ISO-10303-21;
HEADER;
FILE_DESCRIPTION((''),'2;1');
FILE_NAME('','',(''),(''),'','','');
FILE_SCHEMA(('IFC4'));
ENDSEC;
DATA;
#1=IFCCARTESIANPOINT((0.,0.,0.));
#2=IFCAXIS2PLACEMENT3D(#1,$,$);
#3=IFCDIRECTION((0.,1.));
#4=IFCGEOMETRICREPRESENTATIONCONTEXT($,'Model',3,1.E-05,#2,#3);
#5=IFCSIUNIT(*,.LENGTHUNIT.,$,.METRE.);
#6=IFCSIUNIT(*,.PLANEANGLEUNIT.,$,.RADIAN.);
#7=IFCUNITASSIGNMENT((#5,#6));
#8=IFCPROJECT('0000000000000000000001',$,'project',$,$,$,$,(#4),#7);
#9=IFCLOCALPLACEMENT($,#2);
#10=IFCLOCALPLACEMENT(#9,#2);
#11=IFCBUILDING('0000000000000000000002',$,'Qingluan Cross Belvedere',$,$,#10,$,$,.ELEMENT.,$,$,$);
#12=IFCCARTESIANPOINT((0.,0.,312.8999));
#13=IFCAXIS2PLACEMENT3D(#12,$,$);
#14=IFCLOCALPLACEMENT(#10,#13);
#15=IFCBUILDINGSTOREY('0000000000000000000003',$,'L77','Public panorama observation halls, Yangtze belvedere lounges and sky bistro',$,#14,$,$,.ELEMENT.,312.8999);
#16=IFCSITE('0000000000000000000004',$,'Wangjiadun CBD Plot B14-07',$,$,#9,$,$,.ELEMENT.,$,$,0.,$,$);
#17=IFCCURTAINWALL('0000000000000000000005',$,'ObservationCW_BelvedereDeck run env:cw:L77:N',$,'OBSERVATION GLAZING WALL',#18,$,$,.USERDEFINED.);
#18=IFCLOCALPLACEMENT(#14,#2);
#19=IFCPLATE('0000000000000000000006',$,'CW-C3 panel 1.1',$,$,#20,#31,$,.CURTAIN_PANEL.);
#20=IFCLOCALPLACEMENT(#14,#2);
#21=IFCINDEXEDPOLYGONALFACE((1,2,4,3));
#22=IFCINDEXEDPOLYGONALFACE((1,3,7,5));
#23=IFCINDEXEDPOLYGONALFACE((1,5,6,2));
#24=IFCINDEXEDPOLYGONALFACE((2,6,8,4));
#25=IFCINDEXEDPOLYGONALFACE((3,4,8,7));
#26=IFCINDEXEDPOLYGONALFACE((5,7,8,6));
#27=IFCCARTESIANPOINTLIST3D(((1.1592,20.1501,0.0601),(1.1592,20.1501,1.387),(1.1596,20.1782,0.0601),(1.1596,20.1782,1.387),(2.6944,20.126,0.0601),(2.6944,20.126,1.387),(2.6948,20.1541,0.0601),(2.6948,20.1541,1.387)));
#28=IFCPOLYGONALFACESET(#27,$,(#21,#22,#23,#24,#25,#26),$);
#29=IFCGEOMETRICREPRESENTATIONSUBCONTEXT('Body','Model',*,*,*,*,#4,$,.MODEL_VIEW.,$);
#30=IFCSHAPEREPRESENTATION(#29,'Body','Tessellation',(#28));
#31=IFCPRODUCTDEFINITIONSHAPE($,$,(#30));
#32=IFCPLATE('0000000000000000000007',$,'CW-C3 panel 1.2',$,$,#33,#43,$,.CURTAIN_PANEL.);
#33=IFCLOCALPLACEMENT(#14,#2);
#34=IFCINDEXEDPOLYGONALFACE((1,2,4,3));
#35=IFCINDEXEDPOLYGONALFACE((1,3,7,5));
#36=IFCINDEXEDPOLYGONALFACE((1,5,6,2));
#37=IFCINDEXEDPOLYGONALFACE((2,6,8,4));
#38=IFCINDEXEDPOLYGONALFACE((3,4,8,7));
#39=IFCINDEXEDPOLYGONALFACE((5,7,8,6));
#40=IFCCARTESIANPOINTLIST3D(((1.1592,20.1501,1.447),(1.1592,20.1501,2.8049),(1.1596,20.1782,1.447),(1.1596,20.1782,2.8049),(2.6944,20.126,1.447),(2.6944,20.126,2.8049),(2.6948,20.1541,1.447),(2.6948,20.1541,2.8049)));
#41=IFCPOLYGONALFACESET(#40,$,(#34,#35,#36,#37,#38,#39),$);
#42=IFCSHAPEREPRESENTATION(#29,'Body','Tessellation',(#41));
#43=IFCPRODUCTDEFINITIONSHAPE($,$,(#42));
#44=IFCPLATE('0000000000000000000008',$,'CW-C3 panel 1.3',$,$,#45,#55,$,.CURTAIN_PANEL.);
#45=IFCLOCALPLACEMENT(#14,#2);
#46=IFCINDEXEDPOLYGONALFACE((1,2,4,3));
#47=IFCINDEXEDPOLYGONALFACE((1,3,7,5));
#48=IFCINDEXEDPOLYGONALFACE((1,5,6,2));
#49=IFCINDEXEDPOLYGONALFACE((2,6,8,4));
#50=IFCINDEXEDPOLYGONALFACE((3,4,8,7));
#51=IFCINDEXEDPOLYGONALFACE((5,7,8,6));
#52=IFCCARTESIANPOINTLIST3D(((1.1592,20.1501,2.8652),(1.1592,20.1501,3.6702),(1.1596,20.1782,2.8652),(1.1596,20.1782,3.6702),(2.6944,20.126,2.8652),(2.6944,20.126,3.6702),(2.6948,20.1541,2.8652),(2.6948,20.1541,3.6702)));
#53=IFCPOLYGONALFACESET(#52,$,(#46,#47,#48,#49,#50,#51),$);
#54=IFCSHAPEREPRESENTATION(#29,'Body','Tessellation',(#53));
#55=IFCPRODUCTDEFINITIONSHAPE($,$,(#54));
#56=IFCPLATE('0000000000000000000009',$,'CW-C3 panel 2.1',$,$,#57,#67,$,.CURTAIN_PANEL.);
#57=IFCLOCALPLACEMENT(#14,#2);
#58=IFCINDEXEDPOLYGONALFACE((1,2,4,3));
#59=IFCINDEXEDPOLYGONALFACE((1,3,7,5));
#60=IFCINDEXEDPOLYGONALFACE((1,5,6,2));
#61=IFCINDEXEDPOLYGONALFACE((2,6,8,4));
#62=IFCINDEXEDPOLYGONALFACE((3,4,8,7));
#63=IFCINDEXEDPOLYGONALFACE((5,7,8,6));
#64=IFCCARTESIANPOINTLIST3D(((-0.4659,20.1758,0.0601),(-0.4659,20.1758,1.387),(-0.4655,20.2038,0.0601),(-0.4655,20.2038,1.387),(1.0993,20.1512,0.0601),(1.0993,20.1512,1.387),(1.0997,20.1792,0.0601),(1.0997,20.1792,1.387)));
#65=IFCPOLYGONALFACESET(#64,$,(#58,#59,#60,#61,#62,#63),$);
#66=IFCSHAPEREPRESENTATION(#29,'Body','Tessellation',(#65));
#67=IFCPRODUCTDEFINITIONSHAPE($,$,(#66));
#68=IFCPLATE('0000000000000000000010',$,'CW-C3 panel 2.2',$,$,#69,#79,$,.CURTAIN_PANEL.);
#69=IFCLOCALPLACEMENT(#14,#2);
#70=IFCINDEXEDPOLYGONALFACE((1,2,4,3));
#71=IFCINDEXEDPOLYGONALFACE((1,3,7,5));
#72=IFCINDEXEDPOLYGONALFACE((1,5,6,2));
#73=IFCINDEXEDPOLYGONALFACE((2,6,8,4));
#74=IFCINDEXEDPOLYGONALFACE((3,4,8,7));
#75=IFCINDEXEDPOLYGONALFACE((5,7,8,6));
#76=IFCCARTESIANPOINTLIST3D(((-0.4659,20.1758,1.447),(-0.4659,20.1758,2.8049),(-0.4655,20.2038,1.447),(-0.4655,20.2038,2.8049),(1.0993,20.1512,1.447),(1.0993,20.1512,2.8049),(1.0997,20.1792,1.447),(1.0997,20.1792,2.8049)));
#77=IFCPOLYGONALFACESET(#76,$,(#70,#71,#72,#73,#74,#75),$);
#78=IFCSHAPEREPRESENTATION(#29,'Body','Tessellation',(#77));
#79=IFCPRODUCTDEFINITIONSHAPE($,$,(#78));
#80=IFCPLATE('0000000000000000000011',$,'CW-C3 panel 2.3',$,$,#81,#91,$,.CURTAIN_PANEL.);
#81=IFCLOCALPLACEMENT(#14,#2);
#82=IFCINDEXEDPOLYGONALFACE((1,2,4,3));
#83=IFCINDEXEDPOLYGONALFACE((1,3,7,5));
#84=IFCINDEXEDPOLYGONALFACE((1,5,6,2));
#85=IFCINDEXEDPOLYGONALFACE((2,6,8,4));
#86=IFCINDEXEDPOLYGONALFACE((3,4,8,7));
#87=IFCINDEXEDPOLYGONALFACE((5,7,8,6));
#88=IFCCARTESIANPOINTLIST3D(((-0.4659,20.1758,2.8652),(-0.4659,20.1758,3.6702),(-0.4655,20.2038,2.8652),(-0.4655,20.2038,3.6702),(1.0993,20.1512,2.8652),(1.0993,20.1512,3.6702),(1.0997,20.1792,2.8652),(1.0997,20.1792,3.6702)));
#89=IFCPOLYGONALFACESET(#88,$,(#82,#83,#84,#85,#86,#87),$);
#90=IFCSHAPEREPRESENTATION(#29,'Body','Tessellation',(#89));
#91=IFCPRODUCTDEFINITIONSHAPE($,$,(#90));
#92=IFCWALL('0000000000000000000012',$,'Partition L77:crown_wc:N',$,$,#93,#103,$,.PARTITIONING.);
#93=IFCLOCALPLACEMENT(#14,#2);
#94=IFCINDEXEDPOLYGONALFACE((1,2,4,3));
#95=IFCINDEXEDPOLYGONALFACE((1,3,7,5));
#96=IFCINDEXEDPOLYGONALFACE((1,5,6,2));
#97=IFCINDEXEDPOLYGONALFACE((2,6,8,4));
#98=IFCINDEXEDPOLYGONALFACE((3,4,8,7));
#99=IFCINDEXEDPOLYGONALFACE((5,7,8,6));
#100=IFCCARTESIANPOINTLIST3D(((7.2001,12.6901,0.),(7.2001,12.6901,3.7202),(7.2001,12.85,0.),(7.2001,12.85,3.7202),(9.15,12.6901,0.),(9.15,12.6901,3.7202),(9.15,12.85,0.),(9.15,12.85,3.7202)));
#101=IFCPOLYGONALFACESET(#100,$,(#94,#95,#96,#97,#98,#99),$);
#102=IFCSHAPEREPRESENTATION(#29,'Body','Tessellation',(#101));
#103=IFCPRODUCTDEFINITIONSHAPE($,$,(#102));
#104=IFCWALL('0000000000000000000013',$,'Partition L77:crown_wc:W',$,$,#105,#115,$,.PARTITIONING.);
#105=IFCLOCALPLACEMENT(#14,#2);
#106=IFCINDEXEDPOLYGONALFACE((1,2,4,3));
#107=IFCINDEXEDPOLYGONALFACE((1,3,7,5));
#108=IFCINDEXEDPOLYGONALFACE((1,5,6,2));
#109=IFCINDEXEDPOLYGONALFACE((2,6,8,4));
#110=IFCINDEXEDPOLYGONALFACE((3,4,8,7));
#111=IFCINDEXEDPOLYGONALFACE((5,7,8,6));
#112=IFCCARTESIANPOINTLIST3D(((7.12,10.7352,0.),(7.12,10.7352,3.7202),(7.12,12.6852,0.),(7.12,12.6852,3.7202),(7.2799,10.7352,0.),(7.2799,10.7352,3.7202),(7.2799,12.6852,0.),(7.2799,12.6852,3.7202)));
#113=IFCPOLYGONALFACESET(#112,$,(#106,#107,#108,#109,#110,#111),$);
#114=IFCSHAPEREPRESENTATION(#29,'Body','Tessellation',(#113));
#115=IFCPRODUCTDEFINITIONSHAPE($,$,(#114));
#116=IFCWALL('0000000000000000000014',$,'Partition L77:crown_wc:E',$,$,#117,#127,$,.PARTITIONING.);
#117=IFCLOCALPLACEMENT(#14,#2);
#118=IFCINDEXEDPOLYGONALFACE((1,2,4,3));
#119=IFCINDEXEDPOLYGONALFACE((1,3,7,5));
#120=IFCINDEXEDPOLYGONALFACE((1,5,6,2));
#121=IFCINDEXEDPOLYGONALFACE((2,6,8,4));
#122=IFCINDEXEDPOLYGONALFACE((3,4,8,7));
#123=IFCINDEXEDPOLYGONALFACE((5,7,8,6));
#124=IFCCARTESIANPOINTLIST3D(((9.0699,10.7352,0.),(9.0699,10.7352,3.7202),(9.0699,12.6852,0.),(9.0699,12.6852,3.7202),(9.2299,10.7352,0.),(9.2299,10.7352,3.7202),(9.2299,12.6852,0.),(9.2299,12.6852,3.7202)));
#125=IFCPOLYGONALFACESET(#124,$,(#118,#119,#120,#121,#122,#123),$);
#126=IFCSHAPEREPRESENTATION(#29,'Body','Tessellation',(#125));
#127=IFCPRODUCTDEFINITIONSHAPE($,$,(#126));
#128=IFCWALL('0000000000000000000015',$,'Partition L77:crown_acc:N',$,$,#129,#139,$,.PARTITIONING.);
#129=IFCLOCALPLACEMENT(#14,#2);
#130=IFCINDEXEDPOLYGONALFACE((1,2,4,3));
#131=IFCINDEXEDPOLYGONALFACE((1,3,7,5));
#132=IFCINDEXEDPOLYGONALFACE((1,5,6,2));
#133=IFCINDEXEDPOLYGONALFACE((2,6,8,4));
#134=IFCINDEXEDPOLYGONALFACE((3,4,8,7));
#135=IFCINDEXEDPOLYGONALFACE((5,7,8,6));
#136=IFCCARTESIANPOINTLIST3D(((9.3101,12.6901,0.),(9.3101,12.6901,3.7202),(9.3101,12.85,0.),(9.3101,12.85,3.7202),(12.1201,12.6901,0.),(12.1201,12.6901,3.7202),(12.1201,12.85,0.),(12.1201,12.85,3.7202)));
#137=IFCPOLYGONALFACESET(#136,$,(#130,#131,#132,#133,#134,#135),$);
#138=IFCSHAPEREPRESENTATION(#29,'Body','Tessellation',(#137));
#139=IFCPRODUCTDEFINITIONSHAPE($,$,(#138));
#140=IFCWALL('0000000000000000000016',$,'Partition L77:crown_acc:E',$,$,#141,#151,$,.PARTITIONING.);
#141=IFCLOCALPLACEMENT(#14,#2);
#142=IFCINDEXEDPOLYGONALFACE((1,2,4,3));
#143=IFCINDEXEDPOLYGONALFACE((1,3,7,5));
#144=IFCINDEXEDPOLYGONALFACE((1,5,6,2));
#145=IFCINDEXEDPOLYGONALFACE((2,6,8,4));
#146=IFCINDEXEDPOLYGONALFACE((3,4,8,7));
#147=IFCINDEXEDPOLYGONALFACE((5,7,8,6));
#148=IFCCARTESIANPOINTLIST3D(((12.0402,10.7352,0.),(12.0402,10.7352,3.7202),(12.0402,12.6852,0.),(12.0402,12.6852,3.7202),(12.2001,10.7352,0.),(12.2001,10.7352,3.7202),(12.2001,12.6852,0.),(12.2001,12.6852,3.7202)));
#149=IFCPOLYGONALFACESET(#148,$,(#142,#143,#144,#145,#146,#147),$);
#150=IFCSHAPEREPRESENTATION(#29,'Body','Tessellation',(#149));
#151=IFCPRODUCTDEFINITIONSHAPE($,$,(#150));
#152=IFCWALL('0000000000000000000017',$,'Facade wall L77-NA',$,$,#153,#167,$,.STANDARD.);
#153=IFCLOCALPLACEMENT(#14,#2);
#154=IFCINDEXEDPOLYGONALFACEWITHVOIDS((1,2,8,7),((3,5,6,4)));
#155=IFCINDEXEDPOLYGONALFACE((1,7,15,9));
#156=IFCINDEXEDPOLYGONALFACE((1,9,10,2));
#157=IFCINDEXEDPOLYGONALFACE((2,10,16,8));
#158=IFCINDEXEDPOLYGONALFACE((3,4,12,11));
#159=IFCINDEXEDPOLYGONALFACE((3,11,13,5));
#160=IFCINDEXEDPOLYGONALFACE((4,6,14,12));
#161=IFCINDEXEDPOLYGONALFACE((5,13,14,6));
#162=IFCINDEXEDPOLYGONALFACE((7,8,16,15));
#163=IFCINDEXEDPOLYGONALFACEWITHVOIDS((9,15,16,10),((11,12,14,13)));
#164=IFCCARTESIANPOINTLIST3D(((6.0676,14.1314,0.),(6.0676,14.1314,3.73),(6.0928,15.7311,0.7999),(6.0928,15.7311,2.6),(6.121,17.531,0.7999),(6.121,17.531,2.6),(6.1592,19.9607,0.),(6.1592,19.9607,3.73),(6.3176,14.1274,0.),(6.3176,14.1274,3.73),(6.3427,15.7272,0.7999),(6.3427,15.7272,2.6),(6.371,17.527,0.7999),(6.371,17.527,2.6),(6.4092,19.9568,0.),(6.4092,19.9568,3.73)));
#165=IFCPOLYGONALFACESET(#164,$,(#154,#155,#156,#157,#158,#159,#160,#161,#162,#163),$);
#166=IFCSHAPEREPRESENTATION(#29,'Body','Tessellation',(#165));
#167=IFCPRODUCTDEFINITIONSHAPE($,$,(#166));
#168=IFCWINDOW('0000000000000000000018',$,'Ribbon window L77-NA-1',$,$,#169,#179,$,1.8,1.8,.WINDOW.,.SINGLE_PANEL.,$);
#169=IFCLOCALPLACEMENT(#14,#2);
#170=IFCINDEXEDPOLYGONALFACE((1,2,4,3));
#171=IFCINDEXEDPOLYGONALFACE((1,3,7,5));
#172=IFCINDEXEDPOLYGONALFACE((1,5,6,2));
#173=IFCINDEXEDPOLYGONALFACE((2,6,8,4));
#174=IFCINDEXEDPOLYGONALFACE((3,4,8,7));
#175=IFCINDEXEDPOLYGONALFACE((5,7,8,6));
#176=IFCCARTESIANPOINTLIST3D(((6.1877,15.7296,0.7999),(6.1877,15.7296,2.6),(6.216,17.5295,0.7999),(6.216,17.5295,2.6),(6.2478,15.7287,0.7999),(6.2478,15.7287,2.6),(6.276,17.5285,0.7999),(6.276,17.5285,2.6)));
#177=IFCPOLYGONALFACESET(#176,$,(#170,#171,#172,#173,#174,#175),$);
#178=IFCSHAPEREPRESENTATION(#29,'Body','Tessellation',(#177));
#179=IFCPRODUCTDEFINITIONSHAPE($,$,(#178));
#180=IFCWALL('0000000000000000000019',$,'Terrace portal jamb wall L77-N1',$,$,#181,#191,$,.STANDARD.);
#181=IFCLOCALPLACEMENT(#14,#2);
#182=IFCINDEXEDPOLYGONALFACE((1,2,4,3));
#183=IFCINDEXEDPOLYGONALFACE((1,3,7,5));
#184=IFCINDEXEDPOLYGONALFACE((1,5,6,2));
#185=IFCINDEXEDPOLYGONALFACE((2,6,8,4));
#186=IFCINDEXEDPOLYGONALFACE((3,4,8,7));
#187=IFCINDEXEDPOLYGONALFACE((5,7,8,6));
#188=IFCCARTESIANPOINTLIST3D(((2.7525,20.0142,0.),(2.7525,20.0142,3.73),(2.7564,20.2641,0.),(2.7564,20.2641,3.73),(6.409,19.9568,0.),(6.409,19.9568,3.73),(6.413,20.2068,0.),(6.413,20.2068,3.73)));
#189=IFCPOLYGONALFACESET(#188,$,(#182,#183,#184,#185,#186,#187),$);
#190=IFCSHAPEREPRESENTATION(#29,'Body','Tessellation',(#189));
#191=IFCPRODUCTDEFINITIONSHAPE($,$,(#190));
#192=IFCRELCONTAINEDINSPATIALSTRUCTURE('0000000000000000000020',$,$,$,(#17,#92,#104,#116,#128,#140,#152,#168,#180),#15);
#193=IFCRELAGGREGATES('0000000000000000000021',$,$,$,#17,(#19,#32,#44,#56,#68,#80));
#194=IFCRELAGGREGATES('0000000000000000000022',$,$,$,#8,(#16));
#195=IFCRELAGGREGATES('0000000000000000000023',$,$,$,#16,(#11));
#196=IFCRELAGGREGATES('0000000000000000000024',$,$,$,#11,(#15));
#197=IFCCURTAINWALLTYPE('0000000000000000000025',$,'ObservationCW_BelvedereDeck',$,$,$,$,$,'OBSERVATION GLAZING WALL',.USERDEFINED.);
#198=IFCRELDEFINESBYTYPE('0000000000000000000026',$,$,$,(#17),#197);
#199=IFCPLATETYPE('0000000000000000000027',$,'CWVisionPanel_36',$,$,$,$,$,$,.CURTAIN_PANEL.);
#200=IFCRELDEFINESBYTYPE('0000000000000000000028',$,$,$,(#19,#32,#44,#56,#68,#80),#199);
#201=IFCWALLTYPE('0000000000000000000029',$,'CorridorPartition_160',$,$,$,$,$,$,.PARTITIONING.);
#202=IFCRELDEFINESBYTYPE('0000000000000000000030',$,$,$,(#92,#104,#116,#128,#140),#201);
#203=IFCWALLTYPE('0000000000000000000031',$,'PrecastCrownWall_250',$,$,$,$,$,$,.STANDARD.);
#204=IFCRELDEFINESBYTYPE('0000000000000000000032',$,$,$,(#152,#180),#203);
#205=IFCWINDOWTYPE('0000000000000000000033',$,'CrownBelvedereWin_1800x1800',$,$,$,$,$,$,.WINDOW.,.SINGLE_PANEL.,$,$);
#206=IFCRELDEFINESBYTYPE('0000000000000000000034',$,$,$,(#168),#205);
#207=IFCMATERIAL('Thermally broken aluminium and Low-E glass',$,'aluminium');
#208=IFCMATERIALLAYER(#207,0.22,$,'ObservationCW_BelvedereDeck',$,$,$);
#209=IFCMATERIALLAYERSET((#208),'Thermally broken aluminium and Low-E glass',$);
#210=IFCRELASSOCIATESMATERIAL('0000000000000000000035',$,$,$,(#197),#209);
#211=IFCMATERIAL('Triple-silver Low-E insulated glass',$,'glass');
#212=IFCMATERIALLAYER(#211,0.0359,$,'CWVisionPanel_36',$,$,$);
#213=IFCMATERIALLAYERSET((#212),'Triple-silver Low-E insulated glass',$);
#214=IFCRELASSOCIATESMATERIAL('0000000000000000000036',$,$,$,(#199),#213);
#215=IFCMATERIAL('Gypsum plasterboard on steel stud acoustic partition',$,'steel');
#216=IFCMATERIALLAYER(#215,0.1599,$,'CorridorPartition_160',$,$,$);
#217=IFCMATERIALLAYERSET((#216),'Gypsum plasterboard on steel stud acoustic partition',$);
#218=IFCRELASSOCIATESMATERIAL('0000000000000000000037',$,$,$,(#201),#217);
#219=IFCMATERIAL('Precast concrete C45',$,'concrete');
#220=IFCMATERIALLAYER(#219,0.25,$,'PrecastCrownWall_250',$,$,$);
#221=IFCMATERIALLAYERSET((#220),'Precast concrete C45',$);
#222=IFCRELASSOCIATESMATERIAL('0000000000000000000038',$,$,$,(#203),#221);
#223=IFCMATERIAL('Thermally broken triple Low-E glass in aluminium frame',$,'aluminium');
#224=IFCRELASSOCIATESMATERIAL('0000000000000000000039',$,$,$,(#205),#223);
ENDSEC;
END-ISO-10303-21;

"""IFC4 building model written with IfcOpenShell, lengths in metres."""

from ifc_helpers import new_model, si_unit, direction, frame, frame_2d, origin, origin_2d, place, context, subcontext, project, spatial, rectangle, extrude, material, layer, layer_set, type_object, element, fill, aggregate, save


model = new_model("IFC4")

# Units and contexts
model_context = context("Model", 3, precision=1e-05, world=origin(), true_north=direction((0.0, 1.0)))
body_context = subcontext(model_context, "Body", "Model", "MODEL_VIEW")
ifc_project = project(units=[si_unit("LENGTHUNIT", "METRE"), si_unit("PLANEANGLEUNIT", "RADIAN")], contexts=[model_context])

# Site, building, storey
site_placement = place(None, origin())
site = spatial("IfcSite", under=ifc_project, at=site_placement, Name="Wangjiadun CBD Plot B14-07", CompositionType="ELEMENT", RefElevation=0.0)
building_placement = place(site_placement, origin())
building = spatial("IfcBuilding", under=site, at=building_placement, Name="Qingluan Cross Belvedere", CompositionType="ELEMENT")
storey_placement = place(building_placement, frame((0.0, 0.0, 312.8999)))
storey = spatial("IfcBuildingStorey", under=building, at=storey_placement, Name="L77", Description="Public panorama observation halls, Yangtze belvedere lounges and sky bistro", CompositionType="ELEMENT", Elevation=312.8999)

# Curtain wall
ifc_material_1 = material(Name="Thermally broken aluminium and Low-E glass", Category="aluminium")
ifc_layer_1 = layer(ifc_material_1, 0.22, Name="ObservationCW_BelvedereDeck")
ifc_layer_set_1 = layer_set([ifc_layer_1], Name="Thermally broken aluminium and Low-E glass")
curtain_wall_type = type_object("IfcCurtainWallType", Name="ObservationCW_BelvedereDeck", ElementType="OBSERVATION GLAZING WALL", PredefinedType="USERDEFINED", material=ifc_layer_set_1)
curtain_wall_placement = place(storey_placement, origin())
curtain_wall = element("IfcCurtainWall", 1, at=curtain_wall_placement, inside=storey, type_object=curtain_wall_type, Name="ObservationCW_BelvedereDeck run env:cw:L77:N", ObjectType="OBSERVATION GLAZING WALL", PredefinedType="USERDEFINED")

# Plates
ifc_material_2 = material(Name="Triple-silver Low-E insulated glass", Category="glass")
ifc_layer_2 = layer(ifc_material_2, 0.0359, Name="CWVisionPanel_36")
ifc_layer_set_2 = layer_set([ifc_layer_2], Name="Triple-silver Low-E insulated glass")
plate_type = type_object("IfcPlateType", Name="CWVisionPanel_36", PredefinedType="CURTAIN_PANEL", material=ifc_layer_set_2)
plate_1_placement = place(storey_placement, frame((1.927, 20.1521, 0.0601), z_axis=(0.0, 0.0, 1.0), x_axis=(-0.999877, 0.01571, 0.0)))
plate_1 = element("IfcPlate", 2, at=plate_1_placement, type_object=plate_type, Name="CW-C3 panel 1.1", PredefinedType="CURTAIN_PANEL", context=body_context, shape_type="SweptSolid", body=[
    extrude(rectangle(XDim=1.5354, YDim=0.0281, at=origin_2d()), origin(), (0.0, 0.0, 1.0), 1.3269),
])
plate_2_placement = place(storey_placement, frame((1.927, 20.1521, 1.447), z_axis=(0.0, 0.0, 1.0), x_axis=(-0.999877, 0.01571, 0.0)))
plate_2 = element("IfcPlate", 3, at=plate_2_placement, type_object=plate_type, Name="CW-C3 panel 1.2", PredefinedType="CURTAIN_PANEL", context=body_context, shape_type="SweptSolid", body=[
    extrude(rectangle(XDim=1.5354, YDim=0.0281, at=origin_2d()), origin(), (0.0, 0.0, 1.0), 1.3579),
])
plate_3_placement = place(storey_placement, frame((1.927, 20.1521, 2.8652), z_axis=(0.0, 0.0, 1.0), x_axis=(-0.999877, 0.01571, 0.0)))
plate_3 = element("IfcPlate", 4, at=plate_3_placement, type_object=plate_type, Name="CW-C3 panel 1.3", PredefinedType="CURTAIN_PANEL", context=body_context, shape_type="SweptSolid", body=[
    extrude(rectangle(XDim=1.5354, YDim=0.0281, at=origin_2d()), origin(), (0.0, 0.0, 1.0), 0.8049),
])
plate_4_placement = place(storey_placement, frame((0.3169, 20.1775, 0.0601), z_axis=(0.0, 0.0, 1.0), x_axis=(-0.999877, 0.01571, 0.0)))
plate_4 = element("IfcPlate", 5, at=plate_4_placement, type_object=plate_type, Name="CW-C3 panel 2.1", PredefinedType="CURTAIN_PANEL", context=body_context, shape_type="SweptSolid", body=[
    extrude(rectangle(XDim=1.5654, YDim=0.0281, at=origin_2d()), origin(), (0.0, 0.0, 1.0), 1.3269),
])
plate_5_placement = place(storey_placement, frame((0.3169, 20.1775, 1.447), z_axis=(0.0, 0.0, 1.0), x_axis=(-0.999877, 0.01571, 0.0)))
plate_5 = element("IfcPlate", 6, at=plate_5_placement, type_object=plate_type, Name="CW-C3 panel 2.2", PredefinedType="CURTAIN_PANEL", context=body_context, shape_type="SweptSolid", body=[
    extrude(rectangle(XDim=1.5654, YDim=0.0281, at=origin_2d()), origin(), (0.0, 0.0, 1.0), 1.3579),
])
plate_6_placement = place(storey_placement, frame((0.3169, 20.1775, 2.8652), z_axis=(0.0, 0.0, 1.0), x_axis=(-0.999877, 0.01571, 0.0)))
plate_6 = element("IfcPlate", 7, at=plate_6_placement, type_object=plate_type, Name="CW-C3 panel 2.3", PredefinedType="CURTAIN_PANEL", context=body_context, shape_type="SweptSolid", body=[
    extrude(rectangle(XDim=1.5654, YDim=0.0281, at=origin_2d()), origin(), (0.0, 0.0, 1.0), 0.8049),
])
aggregate(curtain_wall, [plate_1, plate_2, plate_3, plate_4, plate_5, plate_6])

# Walls
ifc_material_3 = material(Name="Gypsum plasterboard on steel stud acoustic partition", Category="steel")
ifc_layer_3 = layer(ifc_material_3, 0.1599, Name="CorridorPartition_160")
ifc_layer_set_3 = layer_set([ifc_layer_3], Name="Gypsum plasterboard on steel stud acoustic partition")
wall_type_1 = type_object("IfcWallType", Name="CorridorPartition_160", PredefinedType="PARTITIONING", material=ifc_layer_set_3)
for number, where, z_axis, x_axis, name in (
    (8, (7.2, 12.77, 0.0), (0.0, 0.0, 1.0), (1.0, 0.0, 0.0), "Partition L77:crown_wc:N"),
    (9, (7.2, 10.7351, 0.0), (0.0, 0.0, 1.0), (0.0, 1.0, 0.0), "Partition L77:crown_wc:W"),
    (10, (9.1499, 10.7351, 0.0), (0.0, 0.0, 1.0), (0.0, 1.0, 0.0), "Partition L77:crown_wc:E"),
):
    element("IfcWall", number, at=place(storey_placement, frame(where, z_axis=z_axis, x_axis=x_axis)), inside=storey, type_object=wall_type_1, Name=name, PredefinedType="PARTITIONING", context=body_context, shape_type="SweptSolid", body=[
        extrude(rectangle(XDim=1.95, YDim=0.1599, at=frame_2d((0.9751, 0.0))), origin(), (0.0, 0.0, 1.0), 3.7202),
    ])
wall_1_placement = place(storey_placement, frame((9.3101, 12.77, 0.0), z_axis=(0.0, 0.0, 1.0), x_axis=(1.0, 0.0, 0.0)))
element("IfcWall", 11, at=wall_1_placement, inside=storey, type_object=wall_type_1, Name="Partition L77:crown_acc:N", PredefinedType="PARTITIONING", context=body_context, shape_type="SweptSolid", body=[
    extrude(rectangle(XDim=2.8101, YDim=0.1599, at=frame_2d((1.405, 0.0))), origin(), (0.0, 0.0, 1.0), 3.7202),
])
wall_2_placement = place(storey_placement, frame((12.1201, 10.7351, 0.0), z_axis=(0.0, 0.0, 1.0), x_axis=(0.0, 1.0, 0.0)))
element("IfcWall", 12, at=wall_2_placement, inside=storey, type_object=wall_type_1, Name="Partition L77:crown_acc:E", PredefinedType="PARTITIONING", context=body_context, shape_type="SweptSolid", body=[
    extrude(rectangle(XDim=1.95, YDim=0.1599, at=frame_2d((0.9751, 0.0))), origin(), (0.0, 0.0, 1.0), 3.7202),
])

# Wall, opening, window
ifc_material_4 = material(Name="Precast concrete C45", Category="concrete")
ifc_layer_4 = layer(ifc_material_4, 0.25, Name="PrecastCrownWall_250")
ifc_layer_set_4 = layer_set([ifc_layer_4], Name="Precast concrete C45")
wall_type_2 = type_object("IfcWallType", Name="PrecastCrownWall_250", PredefinedType="STANDARD", material=ifc_layer_set_4)
wall_3_placement = place(storey_placement, frame((6.1926, 14.1294, 0.0), z_axis=(0.0, 0.0, 1.0), x_axis=(0.015704, 0.999877, 0.0)))
wall_3 = element("IfcWall", 13, at=wall_3_placement, inside=storey, type_object=wall_type_2, Name="Facade wall L77-NA", PredefinedType="STANDARD", context=body_context, shape_type="SweptSolid", body=[
    extrude(rectangle(XDim=5.8301, YDim=0.25, at=frame_2d((2.915, 0.0))), origin(), (0.0, 0.0, 1.0), 3.73),
])
opening_placement = place(wall_3_placement, frame((1.6001, 0.0, 0.8)))
opening = element("IfcOpeningElement", 14, at=opening_placement, cuts=wall_3, PredefinedType="OPENING", context=body_context, shape_type="SweptSolid", body=[
    extrude(rectangle(XDim=1.8, YDim=1.8, at=frame_2d((0.8999, 0.8999))), frame((0.0, 0.135, 0.0), z_axis=(0.0, -1.0, 0.0), x_axis=(1.0, 0.0, 0.0)), (0.0, 0.0, 1.0), 0.27),
])
ifc_material_5 = material(Name="Thermally broken triple Low-E glass in aluminium frame", Category="aluminium")
window_type = type_object("IfcWindowType", Name="CrownBelvedereWin_1800x1800", PartitioningType="SINGLE_PANEL", PredefinedType="WINDOW", material=ifc_material_5)
window_placement = place(opening_placement, origin())
window = element("IfcWindow", 15, at=window_placement, inside=storey, type_object=window_type, Name="Ribbon window L77-NA-1", OverallHeight=1.8, OverallWidth=1.8, PartitioningType="SINGLE_PANEL", PredefinedType="WINDOW", context=body_context, shape_type="SweptSolid", body=[
    extrude(rectangle(XDim=1.8, YDim=1.8, at=frame_2d((0.8999, 0.8999))), frame((0.0, 0.03, 0.0), z_axis=(0.0, -1.0, 0.0), x_axis=(1.0, 0.0, 0.0)), (0.0, 0.0, 1.0), 0.0601),
])
fill(opening, window)

# Wall
wall_4_placement = place(storey_placement, frame((6.4111, 20.0818, 0.0), z_axis=(0.0, 0.0, 1.0), x_axis=(-0.999877, 0.015689, 0.0)))
element("IfcWall", 16, at=wall_4_placement, inside=storey, type_object=wall_type_2, Name="Terrace portal jamb wall L77-N1", PredefinedType="STANDARD", context=body_context, shape_type="SweptSolid", body=[
    extrude(rectangle(XDim=3.657, YDim=0.25, at=frame_2d((1.8286, 0.0))), origin(), (0.0, 0.0, 1.0), 3.73),
])

save(model, "model.ifc")
